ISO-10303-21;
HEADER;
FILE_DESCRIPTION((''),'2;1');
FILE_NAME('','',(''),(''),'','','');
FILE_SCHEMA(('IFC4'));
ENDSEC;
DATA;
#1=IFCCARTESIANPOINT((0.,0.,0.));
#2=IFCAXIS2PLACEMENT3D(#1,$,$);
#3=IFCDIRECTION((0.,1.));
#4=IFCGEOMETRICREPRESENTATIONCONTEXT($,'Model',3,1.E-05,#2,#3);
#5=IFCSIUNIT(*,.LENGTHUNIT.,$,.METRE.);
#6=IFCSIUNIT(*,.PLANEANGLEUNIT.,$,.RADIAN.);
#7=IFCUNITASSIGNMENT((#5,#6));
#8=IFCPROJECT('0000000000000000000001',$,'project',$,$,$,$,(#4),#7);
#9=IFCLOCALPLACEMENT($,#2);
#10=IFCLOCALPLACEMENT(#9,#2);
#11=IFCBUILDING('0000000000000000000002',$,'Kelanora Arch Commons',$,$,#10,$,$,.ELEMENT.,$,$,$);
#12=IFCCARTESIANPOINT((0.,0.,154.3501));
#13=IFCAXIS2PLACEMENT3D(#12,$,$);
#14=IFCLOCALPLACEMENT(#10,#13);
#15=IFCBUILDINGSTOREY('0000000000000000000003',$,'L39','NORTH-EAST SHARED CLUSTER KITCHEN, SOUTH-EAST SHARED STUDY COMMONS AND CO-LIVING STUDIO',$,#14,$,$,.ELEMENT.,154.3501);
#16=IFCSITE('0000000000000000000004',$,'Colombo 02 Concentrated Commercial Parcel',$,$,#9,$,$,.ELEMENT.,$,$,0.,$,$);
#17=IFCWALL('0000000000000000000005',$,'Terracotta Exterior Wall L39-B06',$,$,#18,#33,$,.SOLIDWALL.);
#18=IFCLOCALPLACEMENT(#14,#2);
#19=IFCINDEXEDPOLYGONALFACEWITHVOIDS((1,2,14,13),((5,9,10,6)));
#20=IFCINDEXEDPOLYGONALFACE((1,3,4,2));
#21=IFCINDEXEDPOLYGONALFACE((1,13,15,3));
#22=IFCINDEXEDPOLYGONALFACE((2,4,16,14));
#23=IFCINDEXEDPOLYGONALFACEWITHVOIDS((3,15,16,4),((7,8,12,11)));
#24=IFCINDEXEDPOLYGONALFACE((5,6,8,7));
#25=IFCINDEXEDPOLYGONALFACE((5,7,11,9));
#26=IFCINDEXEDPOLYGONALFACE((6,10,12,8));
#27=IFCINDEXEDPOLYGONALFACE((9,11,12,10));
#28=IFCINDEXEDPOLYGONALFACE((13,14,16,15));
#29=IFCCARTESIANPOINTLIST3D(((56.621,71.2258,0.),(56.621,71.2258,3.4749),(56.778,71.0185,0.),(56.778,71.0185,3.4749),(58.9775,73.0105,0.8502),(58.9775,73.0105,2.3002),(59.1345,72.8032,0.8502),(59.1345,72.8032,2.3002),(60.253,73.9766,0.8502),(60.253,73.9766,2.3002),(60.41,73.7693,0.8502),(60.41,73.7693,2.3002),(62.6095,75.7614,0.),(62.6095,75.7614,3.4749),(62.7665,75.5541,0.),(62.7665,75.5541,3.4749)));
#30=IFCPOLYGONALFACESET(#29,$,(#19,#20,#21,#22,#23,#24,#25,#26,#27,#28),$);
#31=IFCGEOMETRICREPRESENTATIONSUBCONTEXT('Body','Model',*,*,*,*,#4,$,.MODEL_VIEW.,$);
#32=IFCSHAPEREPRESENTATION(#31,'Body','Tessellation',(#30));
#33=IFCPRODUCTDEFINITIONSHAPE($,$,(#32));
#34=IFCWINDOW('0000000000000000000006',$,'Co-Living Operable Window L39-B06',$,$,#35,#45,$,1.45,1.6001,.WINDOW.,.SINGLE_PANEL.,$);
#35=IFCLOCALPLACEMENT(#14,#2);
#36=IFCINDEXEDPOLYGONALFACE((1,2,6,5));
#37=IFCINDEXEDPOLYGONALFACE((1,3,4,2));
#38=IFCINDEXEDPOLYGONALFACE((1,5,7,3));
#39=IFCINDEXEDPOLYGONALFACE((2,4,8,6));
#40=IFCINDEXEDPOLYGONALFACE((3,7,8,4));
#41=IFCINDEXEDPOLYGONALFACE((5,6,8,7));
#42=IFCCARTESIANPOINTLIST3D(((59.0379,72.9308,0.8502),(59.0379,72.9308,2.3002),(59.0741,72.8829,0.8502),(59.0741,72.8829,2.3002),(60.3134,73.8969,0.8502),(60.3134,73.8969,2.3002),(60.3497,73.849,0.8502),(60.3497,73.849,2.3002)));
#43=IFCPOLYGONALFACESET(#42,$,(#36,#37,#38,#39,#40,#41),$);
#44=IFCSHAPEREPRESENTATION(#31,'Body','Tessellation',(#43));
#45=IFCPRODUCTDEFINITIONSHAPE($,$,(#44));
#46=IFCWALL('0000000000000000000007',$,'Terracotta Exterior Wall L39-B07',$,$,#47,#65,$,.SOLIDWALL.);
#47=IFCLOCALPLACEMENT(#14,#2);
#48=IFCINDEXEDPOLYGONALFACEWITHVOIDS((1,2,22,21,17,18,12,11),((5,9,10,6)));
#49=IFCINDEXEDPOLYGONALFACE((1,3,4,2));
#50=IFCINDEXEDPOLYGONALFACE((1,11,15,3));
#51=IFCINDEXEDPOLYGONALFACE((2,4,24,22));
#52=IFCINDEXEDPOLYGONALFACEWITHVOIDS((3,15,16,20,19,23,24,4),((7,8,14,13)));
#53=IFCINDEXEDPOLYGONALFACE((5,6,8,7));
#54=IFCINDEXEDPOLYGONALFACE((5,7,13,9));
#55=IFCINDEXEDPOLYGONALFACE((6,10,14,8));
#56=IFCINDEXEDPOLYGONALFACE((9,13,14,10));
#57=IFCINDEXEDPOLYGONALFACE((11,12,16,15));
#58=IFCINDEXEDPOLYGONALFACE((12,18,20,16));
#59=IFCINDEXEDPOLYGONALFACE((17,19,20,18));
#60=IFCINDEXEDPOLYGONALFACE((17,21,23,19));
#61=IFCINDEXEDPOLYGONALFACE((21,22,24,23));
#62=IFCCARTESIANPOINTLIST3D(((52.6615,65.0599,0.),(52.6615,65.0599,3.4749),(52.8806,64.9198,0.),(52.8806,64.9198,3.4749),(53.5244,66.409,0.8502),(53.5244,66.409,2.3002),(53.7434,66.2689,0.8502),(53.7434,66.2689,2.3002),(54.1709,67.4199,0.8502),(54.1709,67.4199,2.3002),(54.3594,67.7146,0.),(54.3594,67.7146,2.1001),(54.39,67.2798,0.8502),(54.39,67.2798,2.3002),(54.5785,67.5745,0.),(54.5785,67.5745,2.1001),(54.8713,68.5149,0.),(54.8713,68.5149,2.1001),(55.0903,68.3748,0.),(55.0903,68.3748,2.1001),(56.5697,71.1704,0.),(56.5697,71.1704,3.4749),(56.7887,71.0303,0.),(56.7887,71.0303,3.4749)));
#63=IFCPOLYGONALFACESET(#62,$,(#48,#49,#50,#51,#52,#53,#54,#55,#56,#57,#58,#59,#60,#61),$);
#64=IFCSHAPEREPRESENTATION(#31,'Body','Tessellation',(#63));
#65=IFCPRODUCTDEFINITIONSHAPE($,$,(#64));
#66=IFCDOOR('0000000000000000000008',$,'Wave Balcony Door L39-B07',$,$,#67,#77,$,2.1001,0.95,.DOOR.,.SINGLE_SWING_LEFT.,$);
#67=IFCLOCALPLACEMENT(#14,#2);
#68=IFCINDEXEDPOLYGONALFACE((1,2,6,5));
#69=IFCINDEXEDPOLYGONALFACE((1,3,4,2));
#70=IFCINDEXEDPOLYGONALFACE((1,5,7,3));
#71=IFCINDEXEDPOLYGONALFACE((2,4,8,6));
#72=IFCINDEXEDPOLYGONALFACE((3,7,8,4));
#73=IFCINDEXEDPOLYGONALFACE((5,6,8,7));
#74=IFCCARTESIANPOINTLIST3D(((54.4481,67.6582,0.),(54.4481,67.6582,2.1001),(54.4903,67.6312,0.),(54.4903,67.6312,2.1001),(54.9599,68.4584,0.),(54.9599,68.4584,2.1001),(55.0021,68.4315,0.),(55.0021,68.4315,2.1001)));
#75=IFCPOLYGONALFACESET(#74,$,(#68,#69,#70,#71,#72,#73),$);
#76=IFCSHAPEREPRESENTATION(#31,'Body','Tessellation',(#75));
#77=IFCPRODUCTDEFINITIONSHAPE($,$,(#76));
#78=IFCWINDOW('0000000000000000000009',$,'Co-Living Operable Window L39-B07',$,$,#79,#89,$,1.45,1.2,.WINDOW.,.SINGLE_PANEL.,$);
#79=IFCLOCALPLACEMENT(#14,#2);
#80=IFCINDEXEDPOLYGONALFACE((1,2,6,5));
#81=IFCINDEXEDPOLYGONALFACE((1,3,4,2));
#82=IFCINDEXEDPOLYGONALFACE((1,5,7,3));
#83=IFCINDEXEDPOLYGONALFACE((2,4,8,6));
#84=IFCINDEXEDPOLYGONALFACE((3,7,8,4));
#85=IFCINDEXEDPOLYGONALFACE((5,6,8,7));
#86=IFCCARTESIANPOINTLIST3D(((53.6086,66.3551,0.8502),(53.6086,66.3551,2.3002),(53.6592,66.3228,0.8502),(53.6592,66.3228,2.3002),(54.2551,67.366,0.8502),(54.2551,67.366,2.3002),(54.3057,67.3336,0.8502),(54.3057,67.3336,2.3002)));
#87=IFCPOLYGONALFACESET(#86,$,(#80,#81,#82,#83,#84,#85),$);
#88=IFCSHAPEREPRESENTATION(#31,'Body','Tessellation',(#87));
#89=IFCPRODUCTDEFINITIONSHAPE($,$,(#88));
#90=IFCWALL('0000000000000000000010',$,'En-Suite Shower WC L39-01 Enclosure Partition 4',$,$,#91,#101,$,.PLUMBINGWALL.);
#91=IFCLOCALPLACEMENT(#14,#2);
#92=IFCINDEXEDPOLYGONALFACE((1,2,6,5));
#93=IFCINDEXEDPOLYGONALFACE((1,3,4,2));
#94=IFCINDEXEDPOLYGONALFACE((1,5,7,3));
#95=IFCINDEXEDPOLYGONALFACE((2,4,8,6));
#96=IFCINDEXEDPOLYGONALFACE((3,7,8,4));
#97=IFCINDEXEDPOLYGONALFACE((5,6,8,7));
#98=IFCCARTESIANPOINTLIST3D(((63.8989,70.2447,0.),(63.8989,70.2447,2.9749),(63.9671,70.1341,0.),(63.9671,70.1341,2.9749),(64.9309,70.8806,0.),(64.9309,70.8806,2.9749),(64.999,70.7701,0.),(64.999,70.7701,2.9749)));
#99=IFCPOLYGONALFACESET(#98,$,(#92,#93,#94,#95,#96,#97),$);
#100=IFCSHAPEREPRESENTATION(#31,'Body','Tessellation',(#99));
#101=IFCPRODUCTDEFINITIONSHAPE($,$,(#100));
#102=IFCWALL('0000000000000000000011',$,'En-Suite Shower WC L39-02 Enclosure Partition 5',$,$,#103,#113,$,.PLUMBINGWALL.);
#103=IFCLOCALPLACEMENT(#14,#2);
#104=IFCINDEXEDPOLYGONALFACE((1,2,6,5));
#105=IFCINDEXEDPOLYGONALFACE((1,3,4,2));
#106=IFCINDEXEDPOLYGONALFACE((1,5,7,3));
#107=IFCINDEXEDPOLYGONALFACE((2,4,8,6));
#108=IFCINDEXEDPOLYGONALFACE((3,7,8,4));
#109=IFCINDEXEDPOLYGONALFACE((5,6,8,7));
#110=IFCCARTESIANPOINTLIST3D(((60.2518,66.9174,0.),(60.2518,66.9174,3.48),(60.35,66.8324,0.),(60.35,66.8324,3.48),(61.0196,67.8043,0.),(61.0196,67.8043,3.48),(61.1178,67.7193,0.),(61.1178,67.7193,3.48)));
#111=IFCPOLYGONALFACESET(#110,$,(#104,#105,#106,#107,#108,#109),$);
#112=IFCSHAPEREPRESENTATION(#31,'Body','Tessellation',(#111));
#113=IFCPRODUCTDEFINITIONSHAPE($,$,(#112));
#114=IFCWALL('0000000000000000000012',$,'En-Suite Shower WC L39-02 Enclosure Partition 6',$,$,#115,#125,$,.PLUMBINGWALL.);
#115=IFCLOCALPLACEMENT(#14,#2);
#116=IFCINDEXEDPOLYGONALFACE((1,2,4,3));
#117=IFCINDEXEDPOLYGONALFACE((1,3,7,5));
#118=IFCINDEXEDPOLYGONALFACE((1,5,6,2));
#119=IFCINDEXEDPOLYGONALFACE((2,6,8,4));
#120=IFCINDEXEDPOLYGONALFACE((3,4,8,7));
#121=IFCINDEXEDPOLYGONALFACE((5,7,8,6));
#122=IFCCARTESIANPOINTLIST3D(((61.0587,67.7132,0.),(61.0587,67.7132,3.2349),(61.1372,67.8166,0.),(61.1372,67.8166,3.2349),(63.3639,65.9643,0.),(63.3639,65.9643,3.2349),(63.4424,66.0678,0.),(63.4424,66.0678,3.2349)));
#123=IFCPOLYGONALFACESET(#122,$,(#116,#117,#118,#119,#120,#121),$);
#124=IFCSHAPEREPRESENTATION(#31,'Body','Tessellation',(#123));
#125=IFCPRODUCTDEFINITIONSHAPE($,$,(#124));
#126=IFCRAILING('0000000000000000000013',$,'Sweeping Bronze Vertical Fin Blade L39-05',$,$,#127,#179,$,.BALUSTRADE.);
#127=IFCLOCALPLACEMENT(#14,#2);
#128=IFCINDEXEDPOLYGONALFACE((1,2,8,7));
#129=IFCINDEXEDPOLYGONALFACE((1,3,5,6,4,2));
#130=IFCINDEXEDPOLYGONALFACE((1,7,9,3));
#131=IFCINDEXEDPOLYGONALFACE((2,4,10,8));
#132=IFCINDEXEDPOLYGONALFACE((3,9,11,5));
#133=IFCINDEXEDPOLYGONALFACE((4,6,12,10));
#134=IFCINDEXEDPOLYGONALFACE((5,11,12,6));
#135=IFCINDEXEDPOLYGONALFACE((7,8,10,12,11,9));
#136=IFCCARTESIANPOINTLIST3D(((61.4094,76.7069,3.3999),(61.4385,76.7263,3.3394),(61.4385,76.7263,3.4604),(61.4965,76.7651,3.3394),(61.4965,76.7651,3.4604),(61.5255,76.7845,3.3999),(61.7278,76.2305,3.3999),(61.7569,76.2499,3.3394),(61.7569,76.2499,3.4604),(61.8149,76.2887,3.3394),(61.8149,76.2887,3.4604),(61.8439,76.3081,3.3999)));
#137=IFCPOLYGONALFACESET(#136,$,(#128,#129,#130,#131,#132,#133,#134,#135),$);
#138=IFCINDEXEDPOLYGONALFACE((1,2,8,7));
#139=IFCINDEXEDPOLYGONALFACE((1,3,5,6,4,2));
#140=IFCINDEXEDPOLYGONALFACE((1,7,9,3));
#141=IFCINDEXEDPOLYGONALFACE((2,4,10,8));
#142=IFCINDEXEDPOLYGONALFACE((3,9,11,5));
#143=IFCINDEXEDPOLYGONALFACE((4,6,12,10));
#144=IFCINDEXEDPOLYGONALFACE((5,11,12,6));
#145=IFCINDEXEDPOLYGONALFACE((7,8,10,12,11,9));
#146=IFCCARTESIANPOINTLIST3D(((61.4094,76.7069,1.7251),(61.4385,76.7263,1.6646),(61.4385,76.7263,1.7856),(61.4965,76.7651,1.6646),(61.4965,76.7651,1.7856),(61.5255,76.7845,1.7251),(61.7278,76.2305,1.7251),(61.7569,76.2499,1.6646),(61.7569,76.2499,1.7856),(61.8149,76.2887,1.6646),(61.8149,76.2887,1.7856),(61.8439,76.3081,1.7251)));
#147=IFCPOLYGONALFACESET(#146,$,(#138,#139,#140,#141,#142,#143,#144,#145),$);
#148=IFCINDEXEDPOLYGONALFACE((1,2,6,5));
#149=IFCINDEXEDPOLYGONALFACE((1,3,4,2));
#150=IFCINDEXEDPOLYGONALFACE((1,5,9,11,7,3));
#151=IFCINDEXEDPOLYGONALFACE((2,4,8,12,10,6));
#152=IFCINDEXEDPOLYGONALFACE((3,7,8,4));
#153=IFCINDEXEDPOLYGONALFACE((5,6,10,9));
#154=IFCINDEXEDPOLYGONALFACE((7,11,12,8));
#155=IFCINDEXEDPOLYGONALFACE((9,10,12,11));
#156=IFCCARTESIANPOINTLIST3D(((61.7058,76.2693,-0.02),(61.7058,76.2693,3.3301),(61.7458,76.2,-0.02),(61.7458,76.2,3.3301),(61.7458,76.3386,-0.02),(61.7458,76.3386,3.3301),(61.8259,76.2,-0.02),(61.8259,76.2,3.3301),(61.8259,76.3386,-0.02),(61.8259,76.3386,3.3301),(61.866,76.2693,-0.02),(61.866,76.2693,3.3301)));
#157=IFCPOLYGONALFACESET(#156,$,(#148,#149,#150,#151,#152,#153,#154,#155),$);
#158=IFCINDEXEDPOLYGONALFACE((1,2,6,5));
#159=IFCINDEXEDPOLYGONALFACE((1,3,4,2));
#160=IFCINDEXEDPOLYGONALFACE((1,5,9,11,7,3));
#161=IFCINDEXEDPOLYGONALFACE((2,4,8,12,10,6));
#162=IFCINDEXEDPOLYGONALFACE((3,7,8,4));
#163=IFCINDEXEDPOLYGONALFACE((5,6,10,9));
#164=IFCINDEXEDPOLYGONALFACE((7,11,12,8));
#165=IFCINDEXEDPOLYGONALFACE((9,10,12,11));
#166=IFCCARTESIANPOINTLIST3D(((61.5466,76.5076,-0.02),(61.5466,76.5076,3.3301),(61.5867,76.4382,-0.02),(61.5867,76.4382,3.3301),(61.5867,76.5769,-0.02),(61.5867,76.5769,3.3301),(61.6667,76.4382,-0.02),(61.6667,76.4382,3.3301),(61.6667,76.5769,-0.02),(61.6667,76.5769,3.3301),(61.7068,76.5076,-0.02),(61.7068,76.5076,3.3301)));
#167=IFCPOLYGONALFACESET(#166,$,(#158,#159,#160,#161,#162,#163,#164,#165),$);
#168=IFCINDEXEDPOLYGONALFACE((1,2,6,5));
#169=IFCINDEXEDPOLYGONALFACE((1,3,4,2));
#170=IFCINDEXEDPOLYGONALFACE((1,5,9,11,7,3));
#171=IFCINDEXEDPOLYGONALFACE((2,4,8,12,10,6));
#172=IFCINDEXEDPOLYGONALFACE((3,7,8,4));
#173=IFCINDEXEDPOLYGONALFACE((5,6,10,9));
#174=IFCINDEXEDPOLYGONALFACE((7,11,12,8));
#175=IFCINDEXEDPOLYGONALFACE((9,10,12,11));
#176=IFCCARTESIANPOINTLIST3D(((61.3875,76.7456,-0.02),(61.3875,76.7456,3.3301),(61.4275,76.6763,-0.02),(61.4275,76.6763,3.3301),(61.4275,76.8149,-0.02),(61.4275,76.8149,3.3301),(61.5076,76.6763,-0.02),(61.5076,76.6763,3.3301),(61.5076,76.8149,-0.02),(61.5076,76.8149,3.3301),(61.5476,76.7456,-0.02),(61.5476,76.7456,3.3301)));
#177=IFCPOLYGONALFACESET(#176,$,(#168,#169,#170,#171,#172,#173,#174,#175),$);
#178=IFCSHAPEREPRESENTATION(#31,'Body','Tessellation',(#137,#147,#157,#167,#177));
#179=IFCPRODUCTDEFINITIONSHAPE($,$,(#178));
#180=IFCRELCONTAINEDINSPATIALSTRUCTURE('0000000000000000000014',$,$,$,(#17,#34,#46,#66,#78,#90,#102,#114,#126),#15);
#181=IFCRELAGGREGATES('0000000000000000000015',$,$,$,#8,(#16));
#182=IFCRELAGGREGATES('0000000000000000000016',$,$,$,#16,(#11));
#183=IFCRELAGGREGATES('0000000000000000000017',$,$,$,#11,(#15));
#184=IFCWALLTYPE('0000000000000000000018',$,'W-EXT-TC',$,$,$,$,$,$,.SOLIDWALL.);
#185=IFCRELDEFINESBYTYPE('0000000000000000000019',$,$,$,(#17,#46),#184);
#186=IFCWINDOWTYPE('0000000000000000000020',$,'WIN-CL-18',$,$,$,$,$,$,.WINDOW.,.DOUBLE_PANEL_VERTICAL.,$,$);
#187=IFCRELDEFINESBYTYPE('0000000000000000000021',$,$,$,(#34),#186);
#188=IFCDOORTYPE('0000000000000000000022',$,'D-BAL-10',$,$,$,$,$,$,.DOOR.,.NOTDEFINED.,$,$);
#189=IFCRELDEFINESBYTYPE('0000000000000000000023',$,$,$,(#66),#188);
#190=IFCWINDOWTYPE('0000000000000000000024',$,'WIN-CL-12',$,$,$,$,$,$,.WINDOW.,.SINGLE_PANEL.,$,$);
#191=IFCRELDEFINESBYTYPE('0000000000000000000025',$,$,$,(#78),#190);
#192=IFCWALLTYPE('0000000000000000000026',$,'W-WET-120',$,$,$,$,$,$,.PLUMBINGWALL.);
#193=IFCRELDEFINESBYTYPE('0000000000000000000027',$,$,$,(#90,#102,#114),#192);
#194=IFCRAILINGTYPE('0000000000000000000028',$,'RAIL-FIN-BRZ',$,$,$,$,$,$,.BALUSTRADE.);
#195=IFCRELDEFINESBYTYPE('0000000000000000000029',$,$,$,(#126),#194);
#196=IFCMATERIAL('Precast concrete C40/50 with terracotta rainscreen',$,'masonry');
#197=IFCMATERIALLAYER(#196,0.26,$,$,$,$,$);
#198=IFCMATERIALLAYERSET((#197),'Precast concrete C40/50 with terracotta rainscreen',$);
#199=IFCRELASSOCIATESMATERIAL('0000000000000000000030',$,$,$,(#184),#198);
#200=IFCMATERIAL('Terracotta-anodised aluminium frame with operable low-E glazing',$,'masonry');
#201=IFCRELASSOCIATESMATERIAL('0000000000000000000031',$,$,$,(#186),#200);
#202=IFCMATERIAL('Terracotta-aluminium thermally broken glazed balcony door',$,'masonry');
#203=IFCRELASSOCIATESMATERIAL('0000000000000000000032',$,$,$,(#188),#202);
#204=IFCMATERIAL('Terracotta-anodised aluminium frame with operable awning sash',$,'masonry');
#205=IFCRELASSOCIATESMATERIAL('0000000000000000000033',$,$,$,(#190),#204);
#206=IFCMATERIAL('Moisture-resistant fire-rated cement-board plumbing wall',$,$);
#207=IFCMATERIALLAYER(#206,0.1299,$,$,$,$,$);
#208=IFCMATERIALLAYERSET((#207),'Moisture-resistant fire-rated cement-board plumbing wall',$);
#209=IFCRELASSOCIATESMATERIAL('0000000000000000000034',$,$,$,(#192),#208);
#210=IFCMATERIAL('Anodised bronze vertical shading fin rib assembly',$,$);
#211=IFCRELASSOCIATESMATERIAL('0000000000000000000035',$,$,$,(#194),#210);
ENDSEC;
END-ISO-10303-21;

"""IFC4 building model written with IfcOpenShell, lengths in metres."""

from ifc_helpers import new_model, si_unit, direction, frame, frame_2d, origin, place, context, subcontext, project, spatial, polyline, rectangle, outline, extrude, material, layer, layer_set, type_object, element, fill, save


model = new_model("IFC4")

# Units and contexts
model_context = context("Model", 3, precision=1e-05, world=origin(), true_north=direction((0.0, 1.0)))
body_context = subcontext(model_context, "Body", "Model", "MODEL_VIEW")
ifc_project = project(units=[si_unit("LENGTHUNIT", "METRE"), si_unit("PLANEANGLEUNIT", "RADIAN")], contexts=[model_context])

# Site, building, storey
site_placement = place(None, origin())
site = spatial("IfcSite", under=ifc_project, at=site_placement, Name="Colombo 02 Concentrated Commercial Parcel", CompositionType="ELEMENT", RefElevation=0.0)
building_placement = place(site_placement, origin())
building = spatial("IfcBuilding", under=site, at=building_placement, Name="Kelanora Arch Commons", CompositionType="ELEMENT")
storey_placement = place(building_placement, frame((0.0, 0.0, 154.3501)))
storey = spatial("IfcBuildingStorey", under=building, at=storey_placement, Name="L39", Description="NORTH-EAST SHARED CLUSTER KITCHEN, SOUTH-EAST SHARED STUDY COMMONS AND CO-LIVING STUDIO", CompositionType="ELEMENT", Elevation=154.3501)

# Wall, opening, window
ifc_material_1 = material(Name="Precast concrete C40/50 with terracotta rainscreen", Category="masonry")
ifc_layer_1 = layer(ifc_material_1, 0.26)
ifc_layer_set_1 = layer_set([ifc_layer_1], Name="Precast concrete C40/50 with terracotta rainscreen")
wall_type_1 = type_object("IfcWallType", Name="W-EXT-TC", PredefinedType="SOLIDWALL", material=ifc_layer_set_1)
wall_1_placement = place(storey_placement, frame((62.688, 75.6577, 0.0), z_axis=(0.0, 0.0, 1.0), x_axis=(-0.797164, -0.603763, 0.0)))
wall_1 = element("IfcWall", 1, at=wall_1_placement, inside=storey, type_object=wall_type_1, Name="Terracotta Exterior Wall L39-B06", PredefinedType="SOLIDWALL", context=body_context, shape_type="SweptSolid", body=[
    extrude(rectangle(XDim=7.5122, YDim=0.26, at=frame_2d((3.7561, 0.0))), origin(), (0.0, 0.0, 1.0), 3.4749),
])
opening_1_placement = place(wall_1_placement, frame((2.9561, 0.0, 0.8501)))
opening_1 = element("IfcOpeningElement", 2, at=opening_1_placement, cuts=wall_1, PredefinedType="OPENING", context=body_context, shape_type="SweptSolid", body=[
    extrude(rectangle(XDim=1.6001, YDim=1.45, at=frame_2d((0.8, 0.7251))), frame((0.0, 0.1401, 0.0), z_axis=(0.0, -1.0, 0.0), x_axis=(1.0, 0.0, 0.0)), (0.0, 0.0, 1.0), 0.28),
])
ifc_material_2 = material(Name="Terracotta-anodised aluminium frame with operable low-E glazing", Category="masonry")
window_type_1 = type_object("IfcWindowType", Name="WIN-CL-18", PartitioningType="DOUBLE_PANEL_VERTICAL", PredefinedType="WINDOW", material=ifc_material_2)
window_1_placement = place(opening_1_placement, origin())
window_1 = element("IfcWindow", 3, at=window_1_placement, inside=storey, type_object=window_type_1, Name="Co-Living Operable Window L39-B06", OverallHeight=1.45, OverallWidth=1.6001, PartitioningType="SINGLE_PANEL", PredefinedType="WINDOW", context=body_context, shape_type="SweptSolid", body=[
    extrude(rectangle(XDim=1.6001, YDim=1.45, at=frame_2d((0.8, 0.7251))), frame((0.0, 0.03, 0.0), z_axis=(0.0, -1.0, 0.0), x_axis=(1.0, 0.0, 0.0)), (0.0, 0.0, 1.0), 0.0601),
])
fill(opening_1, window_1)

# Wall, openings, door, window
wall_2_placement = place(storey_placement, frame((56.6792, 71.1003, 0.0), z_axis=(0.0, 0.0, 1.0), x_axis=(-0.538802, -0.842433, 0.0)))
wall_2 = element("IfcWall", 4, at=wall_2_placement, inside=storey, type_object=wall_type_1, Name="Terracotta Exterior Wall L39-B07", PredefinedType="SOLIDWALL", context=body_context, shape_type="SweptSolid", body=[
    extrude(rectangle(XDim=7.2534, YDim=0.26, at=frame_2d((3.6267, 0.0))), origin(), (0.0, 0.0, 1.0), 3.4749),
])
opening_2_placement = place(wall_2_placement, frame((3.1521, 0.0, 0.0)))
opening_2 = element("IfcOpeningElement", 5, at=opening_2_placement, cuts=wall_2, PredefinedType="OPENING", context=body_context, shape_type="SweptSolid", body=[
    extrude(rectangle(XDim=0.95, YDim=2.1001, at=frame_2d((0.4751, 1.05))), frame((0.0, 0.1401, 0.0), z_axis=(0.0, -1.0, 0.0), x_axis=(1.0, 0.0, 0.0)), (0.0, 0.0, 1.0), 0.28),
])
opening_3_placement = place(wall_2_placement, frame((4.4519, 0.0, 0.8501)))
opening_3 = element("IfcOpeningElement", 6, at=opening_3_placement, cuts=wall_2, PredefinedType="OPENING", context=body_context, shape_type="SweptSolid", body=[
    extrude(rectangle(XDim=1.2, YDim=1.45, at=frame_2d((0.6001, 0.7251))), frame((0.0, 0.1401, 0.0), z_axis=(0.0, -1.0, 0.0), x_axis=(1.0, 0.0, 0.0)), (0.0, 0.0, 1.0), 0.28),
])
ifc_material_3 = material(Name="Terracotta-aluminium thermally broken glazed balcony door", Category="masonry")
door_type = type_object("IfcDoorType", Name="D-BAL-10", OperationType="NOTDEFINED", PredefinedType="DOOR", material=ifc_material_3)
door_placement = place(opening_2_placement, frame((0.95, 0.0, 0.0), z_axis=(0.0, 0.0, 1.0), x_axis=(-1.0, 0.0, 0.0)))
door = element("IfcDoor", 7, at=door_placement, inside=storey, type_object=door_type, Name="Wave Balcony Door L39-B07", OperationType="SINGLE_SWING_LEFT", OverallHeight=2.1001, OverallWidth=0.95, PredefinedType="DOOR", context=body_context, shape_type="SweptSolid", body=[
    extrude(rectangle(XDim=0.95, YDim=2.1001, at=frame_2d((0.4751, 1.05))), frame((0.0, 0.0249, 0.0), z_axis=(0.0, -1.0, 0.0), x_axis=(1.0, 0.0, 0.0)), (0.0, 0.0, 1.0), 0.05),
])
fill(opening_2, door)
ifc_material_4 = material(Name="Terracotta-anodised aluminium frame with operable awning sash", Category="masonry")
window_type_2 = type_object("IfcWindowType", Name="WIN-CL-12", PartitioningType="SINGLE_PANEL", PredefinedType="WINDOW", material=ifc_material_4)
window_2_placement = place(opening_3_placement, origin())
window_2 = element("IfcWindow", 8, at=window_2_placement, inside=storey, type_object=window_type_2, Name="Co-Living Operable Window L39-B07", OverallHeight=1.45, OverallWidth=1.2, PartitioningType="SINGLE_PANEL", PredefinedType="WINDOW", context=body_context, shape_type="SweptSolid", body=[
    extrude(rectangle(XDim=1.2, YDim=1.45, at=frame_2d((0.6001, 0.7251))), frame((0.0, 0.03, 0.0), z_axis=(0.0, -1.0, 0.0), x_axis=(1.0, 0.0, 0.0)), (0.0, 0.0, 1.0), 0.0601),
])
fill(opening_3, window_2)

# Walls
ifc_material_5 = material(Name="Moisture-resistant fire-rated cement-board plumbing wall")
ifc_layer_2 = layer(ifc_material_5, 0.1299)
ifc_layer_set_2 = layer_set([ifc_layer_2], Name="Moisture-resistant fire-rated cement-board plumbing wall")
wall_type_2 = type_object("IfcWallType", Name="W-WET-120", PredefinedType="PLUMBINGWALL", material=ifc_layer_set_2)
wall_3_placement = place(storey_placement, frame((63.9331, 70.1895, 0.0), z_axis=(0.0, 0.0, 1.0), x_axis=(0.851319, 0.524648, 0.0)))
element("IfcWall", 9, at=wall_3_placement, inside=storey, type_object=wall_type_2, Name="En-Suite Shower WC L39-01 Enclosure Partition 4", PredefinedType="PLUMBINGWALL", context=body_context, shape_type="SweptSolid", body=[
    extrude(rectangle(XDim=1.2122, YDim=0.1299, at=frame_2d((0.606, 0.0))), origin(), (0.0, 0.0, 1.0), 2.9749),
])
wall_4_placement = place(storey_placement, frame((60.301, 66.875, 0.0), z_axis=(0.0, 0.0, 1.0), x_axis=(0.654503, 0.75606, 0.0)))
element("IfcWall", 10, at=wall_4_placement, inside=storey, type_object=wall_type_2, Name="En-Suite Shower WC L39-02 Enclosure Partition 5", PredefinedType="PLUMBINGWALL", context=body_context, shape_type="SweptSolid", body=[
    extrude(rectangle(XDim=1.1731, YDim=0.1299, at=frame_2d((0.5864, 0.0))), origin(), (0.0, 0.0, 1.0), 3.48),
])
wall_5_placement = place(storey_placement, frame((61.0979, 67.7649, 0.0), z_axis=(0.0, 0.0, 1.0), x_axis=(0.796687, -0.604392, 0.0)))
element("IfcWall", 11, at=wall_5_placement, inside=storey, type_object=wall_type_2, Name="En-Suite Shower WC L39-02 Enclosure Partition 6", PredefinedType="PLUMBINGWALL", context=body_context, shape_type="SweptSolid", body=[
    extrude(rectangle(XDim=2.8936, YDim=0.1299, at=frame_2d((1.4468, 0.0))), origin(), (0.0, 0.0, 1.0), 3.2349),
])

# Railing
ifc_material_6 = material(Name="Anodised bronze vertical shading fin rib assembly")
railing_type = type_object("IfcRailingType", Name="RAIL-FIN-BRZ", PredefinedType="BALUSTRADE", material=ifc_material_6)
railing_1_placement = place(storey_placement, frame((61.7859, 76.2693, -0.02)))
element("IfcRailing", 12, at=railing_1_placement, inside=storey, type_object=railing_type, Name="Sweeping Bronze Vertical Fin Blade L39-05", PredefinedType="BALUSTRADE", context=body_context, shape_type="SweptSolid", body=[
    extrude(outline(polyline([(0.0698, 0.0), (0.0349, 0.0605), (-0.0349, 0.0605), (-0.0698, 0.0), (-0.0349, -0.0605), (0.0349, -0.0605), (0.0698, 0.0)])), frame((0.0, 0.0, 3.4199), z_axis=(-0.555683, 0.831394, 0.0), x_axis=(-0.831394, -0.555683, 0.0)), (0.0, 0.0, 1.0), 0.573),
    extrude(outline(polyline([(0.0698, 0.0), (0.0349, 0.0605), (-0.0349, 0.0605), (-0.0698, 0.0), (-0.0349, -0.0605), (0.0349, -0.0605), (0.0698, 0.0)])), frame((0.0, 0.0, 1.7451), z_axis=(-0.555683, 0.831394, 0.0), x_axis=(-0.831394, -0.555683, 0.0)), (0.0, 0.0, 1.0), 0.573),
    extrude(outline(polyline([(0.0801, 0.0), (0.04, 0.0693), (-0.04, 0.0693), (-0.0801, 0.0), (-0.04, -0.0693), (0.04, -0.0693), (0.0801, 0.0)])), origin(), (0.0, 0.0, 1.0), 3.3501),
    extrude(outline(polyline([(0.0801, 0.0), (0.04, 0.0693), (-0.04, 0.0693), (-0.0801, 0.0), (-0.04, -0.0693), (0.04, -0.0693), (0.0801, 0.0)])), frame((-0.1592, 0.2383, 0.0)), (0.0, 0.0, 1.0), 3.3501),
    extrude(outline(polyline([(0.0801, 0.0), (0.04, 0.0693), (-0.04, 0.0693), (-0.0801, 0.0), (-0.04, -0.0693), (0.04, -0.0693), (0.0801, 0.0)])), frame((-0.3184, 0.4763, 0.0)), (0.0, 0.0, 1.0), 3.3501),
])

save(model, "model.ifc")
